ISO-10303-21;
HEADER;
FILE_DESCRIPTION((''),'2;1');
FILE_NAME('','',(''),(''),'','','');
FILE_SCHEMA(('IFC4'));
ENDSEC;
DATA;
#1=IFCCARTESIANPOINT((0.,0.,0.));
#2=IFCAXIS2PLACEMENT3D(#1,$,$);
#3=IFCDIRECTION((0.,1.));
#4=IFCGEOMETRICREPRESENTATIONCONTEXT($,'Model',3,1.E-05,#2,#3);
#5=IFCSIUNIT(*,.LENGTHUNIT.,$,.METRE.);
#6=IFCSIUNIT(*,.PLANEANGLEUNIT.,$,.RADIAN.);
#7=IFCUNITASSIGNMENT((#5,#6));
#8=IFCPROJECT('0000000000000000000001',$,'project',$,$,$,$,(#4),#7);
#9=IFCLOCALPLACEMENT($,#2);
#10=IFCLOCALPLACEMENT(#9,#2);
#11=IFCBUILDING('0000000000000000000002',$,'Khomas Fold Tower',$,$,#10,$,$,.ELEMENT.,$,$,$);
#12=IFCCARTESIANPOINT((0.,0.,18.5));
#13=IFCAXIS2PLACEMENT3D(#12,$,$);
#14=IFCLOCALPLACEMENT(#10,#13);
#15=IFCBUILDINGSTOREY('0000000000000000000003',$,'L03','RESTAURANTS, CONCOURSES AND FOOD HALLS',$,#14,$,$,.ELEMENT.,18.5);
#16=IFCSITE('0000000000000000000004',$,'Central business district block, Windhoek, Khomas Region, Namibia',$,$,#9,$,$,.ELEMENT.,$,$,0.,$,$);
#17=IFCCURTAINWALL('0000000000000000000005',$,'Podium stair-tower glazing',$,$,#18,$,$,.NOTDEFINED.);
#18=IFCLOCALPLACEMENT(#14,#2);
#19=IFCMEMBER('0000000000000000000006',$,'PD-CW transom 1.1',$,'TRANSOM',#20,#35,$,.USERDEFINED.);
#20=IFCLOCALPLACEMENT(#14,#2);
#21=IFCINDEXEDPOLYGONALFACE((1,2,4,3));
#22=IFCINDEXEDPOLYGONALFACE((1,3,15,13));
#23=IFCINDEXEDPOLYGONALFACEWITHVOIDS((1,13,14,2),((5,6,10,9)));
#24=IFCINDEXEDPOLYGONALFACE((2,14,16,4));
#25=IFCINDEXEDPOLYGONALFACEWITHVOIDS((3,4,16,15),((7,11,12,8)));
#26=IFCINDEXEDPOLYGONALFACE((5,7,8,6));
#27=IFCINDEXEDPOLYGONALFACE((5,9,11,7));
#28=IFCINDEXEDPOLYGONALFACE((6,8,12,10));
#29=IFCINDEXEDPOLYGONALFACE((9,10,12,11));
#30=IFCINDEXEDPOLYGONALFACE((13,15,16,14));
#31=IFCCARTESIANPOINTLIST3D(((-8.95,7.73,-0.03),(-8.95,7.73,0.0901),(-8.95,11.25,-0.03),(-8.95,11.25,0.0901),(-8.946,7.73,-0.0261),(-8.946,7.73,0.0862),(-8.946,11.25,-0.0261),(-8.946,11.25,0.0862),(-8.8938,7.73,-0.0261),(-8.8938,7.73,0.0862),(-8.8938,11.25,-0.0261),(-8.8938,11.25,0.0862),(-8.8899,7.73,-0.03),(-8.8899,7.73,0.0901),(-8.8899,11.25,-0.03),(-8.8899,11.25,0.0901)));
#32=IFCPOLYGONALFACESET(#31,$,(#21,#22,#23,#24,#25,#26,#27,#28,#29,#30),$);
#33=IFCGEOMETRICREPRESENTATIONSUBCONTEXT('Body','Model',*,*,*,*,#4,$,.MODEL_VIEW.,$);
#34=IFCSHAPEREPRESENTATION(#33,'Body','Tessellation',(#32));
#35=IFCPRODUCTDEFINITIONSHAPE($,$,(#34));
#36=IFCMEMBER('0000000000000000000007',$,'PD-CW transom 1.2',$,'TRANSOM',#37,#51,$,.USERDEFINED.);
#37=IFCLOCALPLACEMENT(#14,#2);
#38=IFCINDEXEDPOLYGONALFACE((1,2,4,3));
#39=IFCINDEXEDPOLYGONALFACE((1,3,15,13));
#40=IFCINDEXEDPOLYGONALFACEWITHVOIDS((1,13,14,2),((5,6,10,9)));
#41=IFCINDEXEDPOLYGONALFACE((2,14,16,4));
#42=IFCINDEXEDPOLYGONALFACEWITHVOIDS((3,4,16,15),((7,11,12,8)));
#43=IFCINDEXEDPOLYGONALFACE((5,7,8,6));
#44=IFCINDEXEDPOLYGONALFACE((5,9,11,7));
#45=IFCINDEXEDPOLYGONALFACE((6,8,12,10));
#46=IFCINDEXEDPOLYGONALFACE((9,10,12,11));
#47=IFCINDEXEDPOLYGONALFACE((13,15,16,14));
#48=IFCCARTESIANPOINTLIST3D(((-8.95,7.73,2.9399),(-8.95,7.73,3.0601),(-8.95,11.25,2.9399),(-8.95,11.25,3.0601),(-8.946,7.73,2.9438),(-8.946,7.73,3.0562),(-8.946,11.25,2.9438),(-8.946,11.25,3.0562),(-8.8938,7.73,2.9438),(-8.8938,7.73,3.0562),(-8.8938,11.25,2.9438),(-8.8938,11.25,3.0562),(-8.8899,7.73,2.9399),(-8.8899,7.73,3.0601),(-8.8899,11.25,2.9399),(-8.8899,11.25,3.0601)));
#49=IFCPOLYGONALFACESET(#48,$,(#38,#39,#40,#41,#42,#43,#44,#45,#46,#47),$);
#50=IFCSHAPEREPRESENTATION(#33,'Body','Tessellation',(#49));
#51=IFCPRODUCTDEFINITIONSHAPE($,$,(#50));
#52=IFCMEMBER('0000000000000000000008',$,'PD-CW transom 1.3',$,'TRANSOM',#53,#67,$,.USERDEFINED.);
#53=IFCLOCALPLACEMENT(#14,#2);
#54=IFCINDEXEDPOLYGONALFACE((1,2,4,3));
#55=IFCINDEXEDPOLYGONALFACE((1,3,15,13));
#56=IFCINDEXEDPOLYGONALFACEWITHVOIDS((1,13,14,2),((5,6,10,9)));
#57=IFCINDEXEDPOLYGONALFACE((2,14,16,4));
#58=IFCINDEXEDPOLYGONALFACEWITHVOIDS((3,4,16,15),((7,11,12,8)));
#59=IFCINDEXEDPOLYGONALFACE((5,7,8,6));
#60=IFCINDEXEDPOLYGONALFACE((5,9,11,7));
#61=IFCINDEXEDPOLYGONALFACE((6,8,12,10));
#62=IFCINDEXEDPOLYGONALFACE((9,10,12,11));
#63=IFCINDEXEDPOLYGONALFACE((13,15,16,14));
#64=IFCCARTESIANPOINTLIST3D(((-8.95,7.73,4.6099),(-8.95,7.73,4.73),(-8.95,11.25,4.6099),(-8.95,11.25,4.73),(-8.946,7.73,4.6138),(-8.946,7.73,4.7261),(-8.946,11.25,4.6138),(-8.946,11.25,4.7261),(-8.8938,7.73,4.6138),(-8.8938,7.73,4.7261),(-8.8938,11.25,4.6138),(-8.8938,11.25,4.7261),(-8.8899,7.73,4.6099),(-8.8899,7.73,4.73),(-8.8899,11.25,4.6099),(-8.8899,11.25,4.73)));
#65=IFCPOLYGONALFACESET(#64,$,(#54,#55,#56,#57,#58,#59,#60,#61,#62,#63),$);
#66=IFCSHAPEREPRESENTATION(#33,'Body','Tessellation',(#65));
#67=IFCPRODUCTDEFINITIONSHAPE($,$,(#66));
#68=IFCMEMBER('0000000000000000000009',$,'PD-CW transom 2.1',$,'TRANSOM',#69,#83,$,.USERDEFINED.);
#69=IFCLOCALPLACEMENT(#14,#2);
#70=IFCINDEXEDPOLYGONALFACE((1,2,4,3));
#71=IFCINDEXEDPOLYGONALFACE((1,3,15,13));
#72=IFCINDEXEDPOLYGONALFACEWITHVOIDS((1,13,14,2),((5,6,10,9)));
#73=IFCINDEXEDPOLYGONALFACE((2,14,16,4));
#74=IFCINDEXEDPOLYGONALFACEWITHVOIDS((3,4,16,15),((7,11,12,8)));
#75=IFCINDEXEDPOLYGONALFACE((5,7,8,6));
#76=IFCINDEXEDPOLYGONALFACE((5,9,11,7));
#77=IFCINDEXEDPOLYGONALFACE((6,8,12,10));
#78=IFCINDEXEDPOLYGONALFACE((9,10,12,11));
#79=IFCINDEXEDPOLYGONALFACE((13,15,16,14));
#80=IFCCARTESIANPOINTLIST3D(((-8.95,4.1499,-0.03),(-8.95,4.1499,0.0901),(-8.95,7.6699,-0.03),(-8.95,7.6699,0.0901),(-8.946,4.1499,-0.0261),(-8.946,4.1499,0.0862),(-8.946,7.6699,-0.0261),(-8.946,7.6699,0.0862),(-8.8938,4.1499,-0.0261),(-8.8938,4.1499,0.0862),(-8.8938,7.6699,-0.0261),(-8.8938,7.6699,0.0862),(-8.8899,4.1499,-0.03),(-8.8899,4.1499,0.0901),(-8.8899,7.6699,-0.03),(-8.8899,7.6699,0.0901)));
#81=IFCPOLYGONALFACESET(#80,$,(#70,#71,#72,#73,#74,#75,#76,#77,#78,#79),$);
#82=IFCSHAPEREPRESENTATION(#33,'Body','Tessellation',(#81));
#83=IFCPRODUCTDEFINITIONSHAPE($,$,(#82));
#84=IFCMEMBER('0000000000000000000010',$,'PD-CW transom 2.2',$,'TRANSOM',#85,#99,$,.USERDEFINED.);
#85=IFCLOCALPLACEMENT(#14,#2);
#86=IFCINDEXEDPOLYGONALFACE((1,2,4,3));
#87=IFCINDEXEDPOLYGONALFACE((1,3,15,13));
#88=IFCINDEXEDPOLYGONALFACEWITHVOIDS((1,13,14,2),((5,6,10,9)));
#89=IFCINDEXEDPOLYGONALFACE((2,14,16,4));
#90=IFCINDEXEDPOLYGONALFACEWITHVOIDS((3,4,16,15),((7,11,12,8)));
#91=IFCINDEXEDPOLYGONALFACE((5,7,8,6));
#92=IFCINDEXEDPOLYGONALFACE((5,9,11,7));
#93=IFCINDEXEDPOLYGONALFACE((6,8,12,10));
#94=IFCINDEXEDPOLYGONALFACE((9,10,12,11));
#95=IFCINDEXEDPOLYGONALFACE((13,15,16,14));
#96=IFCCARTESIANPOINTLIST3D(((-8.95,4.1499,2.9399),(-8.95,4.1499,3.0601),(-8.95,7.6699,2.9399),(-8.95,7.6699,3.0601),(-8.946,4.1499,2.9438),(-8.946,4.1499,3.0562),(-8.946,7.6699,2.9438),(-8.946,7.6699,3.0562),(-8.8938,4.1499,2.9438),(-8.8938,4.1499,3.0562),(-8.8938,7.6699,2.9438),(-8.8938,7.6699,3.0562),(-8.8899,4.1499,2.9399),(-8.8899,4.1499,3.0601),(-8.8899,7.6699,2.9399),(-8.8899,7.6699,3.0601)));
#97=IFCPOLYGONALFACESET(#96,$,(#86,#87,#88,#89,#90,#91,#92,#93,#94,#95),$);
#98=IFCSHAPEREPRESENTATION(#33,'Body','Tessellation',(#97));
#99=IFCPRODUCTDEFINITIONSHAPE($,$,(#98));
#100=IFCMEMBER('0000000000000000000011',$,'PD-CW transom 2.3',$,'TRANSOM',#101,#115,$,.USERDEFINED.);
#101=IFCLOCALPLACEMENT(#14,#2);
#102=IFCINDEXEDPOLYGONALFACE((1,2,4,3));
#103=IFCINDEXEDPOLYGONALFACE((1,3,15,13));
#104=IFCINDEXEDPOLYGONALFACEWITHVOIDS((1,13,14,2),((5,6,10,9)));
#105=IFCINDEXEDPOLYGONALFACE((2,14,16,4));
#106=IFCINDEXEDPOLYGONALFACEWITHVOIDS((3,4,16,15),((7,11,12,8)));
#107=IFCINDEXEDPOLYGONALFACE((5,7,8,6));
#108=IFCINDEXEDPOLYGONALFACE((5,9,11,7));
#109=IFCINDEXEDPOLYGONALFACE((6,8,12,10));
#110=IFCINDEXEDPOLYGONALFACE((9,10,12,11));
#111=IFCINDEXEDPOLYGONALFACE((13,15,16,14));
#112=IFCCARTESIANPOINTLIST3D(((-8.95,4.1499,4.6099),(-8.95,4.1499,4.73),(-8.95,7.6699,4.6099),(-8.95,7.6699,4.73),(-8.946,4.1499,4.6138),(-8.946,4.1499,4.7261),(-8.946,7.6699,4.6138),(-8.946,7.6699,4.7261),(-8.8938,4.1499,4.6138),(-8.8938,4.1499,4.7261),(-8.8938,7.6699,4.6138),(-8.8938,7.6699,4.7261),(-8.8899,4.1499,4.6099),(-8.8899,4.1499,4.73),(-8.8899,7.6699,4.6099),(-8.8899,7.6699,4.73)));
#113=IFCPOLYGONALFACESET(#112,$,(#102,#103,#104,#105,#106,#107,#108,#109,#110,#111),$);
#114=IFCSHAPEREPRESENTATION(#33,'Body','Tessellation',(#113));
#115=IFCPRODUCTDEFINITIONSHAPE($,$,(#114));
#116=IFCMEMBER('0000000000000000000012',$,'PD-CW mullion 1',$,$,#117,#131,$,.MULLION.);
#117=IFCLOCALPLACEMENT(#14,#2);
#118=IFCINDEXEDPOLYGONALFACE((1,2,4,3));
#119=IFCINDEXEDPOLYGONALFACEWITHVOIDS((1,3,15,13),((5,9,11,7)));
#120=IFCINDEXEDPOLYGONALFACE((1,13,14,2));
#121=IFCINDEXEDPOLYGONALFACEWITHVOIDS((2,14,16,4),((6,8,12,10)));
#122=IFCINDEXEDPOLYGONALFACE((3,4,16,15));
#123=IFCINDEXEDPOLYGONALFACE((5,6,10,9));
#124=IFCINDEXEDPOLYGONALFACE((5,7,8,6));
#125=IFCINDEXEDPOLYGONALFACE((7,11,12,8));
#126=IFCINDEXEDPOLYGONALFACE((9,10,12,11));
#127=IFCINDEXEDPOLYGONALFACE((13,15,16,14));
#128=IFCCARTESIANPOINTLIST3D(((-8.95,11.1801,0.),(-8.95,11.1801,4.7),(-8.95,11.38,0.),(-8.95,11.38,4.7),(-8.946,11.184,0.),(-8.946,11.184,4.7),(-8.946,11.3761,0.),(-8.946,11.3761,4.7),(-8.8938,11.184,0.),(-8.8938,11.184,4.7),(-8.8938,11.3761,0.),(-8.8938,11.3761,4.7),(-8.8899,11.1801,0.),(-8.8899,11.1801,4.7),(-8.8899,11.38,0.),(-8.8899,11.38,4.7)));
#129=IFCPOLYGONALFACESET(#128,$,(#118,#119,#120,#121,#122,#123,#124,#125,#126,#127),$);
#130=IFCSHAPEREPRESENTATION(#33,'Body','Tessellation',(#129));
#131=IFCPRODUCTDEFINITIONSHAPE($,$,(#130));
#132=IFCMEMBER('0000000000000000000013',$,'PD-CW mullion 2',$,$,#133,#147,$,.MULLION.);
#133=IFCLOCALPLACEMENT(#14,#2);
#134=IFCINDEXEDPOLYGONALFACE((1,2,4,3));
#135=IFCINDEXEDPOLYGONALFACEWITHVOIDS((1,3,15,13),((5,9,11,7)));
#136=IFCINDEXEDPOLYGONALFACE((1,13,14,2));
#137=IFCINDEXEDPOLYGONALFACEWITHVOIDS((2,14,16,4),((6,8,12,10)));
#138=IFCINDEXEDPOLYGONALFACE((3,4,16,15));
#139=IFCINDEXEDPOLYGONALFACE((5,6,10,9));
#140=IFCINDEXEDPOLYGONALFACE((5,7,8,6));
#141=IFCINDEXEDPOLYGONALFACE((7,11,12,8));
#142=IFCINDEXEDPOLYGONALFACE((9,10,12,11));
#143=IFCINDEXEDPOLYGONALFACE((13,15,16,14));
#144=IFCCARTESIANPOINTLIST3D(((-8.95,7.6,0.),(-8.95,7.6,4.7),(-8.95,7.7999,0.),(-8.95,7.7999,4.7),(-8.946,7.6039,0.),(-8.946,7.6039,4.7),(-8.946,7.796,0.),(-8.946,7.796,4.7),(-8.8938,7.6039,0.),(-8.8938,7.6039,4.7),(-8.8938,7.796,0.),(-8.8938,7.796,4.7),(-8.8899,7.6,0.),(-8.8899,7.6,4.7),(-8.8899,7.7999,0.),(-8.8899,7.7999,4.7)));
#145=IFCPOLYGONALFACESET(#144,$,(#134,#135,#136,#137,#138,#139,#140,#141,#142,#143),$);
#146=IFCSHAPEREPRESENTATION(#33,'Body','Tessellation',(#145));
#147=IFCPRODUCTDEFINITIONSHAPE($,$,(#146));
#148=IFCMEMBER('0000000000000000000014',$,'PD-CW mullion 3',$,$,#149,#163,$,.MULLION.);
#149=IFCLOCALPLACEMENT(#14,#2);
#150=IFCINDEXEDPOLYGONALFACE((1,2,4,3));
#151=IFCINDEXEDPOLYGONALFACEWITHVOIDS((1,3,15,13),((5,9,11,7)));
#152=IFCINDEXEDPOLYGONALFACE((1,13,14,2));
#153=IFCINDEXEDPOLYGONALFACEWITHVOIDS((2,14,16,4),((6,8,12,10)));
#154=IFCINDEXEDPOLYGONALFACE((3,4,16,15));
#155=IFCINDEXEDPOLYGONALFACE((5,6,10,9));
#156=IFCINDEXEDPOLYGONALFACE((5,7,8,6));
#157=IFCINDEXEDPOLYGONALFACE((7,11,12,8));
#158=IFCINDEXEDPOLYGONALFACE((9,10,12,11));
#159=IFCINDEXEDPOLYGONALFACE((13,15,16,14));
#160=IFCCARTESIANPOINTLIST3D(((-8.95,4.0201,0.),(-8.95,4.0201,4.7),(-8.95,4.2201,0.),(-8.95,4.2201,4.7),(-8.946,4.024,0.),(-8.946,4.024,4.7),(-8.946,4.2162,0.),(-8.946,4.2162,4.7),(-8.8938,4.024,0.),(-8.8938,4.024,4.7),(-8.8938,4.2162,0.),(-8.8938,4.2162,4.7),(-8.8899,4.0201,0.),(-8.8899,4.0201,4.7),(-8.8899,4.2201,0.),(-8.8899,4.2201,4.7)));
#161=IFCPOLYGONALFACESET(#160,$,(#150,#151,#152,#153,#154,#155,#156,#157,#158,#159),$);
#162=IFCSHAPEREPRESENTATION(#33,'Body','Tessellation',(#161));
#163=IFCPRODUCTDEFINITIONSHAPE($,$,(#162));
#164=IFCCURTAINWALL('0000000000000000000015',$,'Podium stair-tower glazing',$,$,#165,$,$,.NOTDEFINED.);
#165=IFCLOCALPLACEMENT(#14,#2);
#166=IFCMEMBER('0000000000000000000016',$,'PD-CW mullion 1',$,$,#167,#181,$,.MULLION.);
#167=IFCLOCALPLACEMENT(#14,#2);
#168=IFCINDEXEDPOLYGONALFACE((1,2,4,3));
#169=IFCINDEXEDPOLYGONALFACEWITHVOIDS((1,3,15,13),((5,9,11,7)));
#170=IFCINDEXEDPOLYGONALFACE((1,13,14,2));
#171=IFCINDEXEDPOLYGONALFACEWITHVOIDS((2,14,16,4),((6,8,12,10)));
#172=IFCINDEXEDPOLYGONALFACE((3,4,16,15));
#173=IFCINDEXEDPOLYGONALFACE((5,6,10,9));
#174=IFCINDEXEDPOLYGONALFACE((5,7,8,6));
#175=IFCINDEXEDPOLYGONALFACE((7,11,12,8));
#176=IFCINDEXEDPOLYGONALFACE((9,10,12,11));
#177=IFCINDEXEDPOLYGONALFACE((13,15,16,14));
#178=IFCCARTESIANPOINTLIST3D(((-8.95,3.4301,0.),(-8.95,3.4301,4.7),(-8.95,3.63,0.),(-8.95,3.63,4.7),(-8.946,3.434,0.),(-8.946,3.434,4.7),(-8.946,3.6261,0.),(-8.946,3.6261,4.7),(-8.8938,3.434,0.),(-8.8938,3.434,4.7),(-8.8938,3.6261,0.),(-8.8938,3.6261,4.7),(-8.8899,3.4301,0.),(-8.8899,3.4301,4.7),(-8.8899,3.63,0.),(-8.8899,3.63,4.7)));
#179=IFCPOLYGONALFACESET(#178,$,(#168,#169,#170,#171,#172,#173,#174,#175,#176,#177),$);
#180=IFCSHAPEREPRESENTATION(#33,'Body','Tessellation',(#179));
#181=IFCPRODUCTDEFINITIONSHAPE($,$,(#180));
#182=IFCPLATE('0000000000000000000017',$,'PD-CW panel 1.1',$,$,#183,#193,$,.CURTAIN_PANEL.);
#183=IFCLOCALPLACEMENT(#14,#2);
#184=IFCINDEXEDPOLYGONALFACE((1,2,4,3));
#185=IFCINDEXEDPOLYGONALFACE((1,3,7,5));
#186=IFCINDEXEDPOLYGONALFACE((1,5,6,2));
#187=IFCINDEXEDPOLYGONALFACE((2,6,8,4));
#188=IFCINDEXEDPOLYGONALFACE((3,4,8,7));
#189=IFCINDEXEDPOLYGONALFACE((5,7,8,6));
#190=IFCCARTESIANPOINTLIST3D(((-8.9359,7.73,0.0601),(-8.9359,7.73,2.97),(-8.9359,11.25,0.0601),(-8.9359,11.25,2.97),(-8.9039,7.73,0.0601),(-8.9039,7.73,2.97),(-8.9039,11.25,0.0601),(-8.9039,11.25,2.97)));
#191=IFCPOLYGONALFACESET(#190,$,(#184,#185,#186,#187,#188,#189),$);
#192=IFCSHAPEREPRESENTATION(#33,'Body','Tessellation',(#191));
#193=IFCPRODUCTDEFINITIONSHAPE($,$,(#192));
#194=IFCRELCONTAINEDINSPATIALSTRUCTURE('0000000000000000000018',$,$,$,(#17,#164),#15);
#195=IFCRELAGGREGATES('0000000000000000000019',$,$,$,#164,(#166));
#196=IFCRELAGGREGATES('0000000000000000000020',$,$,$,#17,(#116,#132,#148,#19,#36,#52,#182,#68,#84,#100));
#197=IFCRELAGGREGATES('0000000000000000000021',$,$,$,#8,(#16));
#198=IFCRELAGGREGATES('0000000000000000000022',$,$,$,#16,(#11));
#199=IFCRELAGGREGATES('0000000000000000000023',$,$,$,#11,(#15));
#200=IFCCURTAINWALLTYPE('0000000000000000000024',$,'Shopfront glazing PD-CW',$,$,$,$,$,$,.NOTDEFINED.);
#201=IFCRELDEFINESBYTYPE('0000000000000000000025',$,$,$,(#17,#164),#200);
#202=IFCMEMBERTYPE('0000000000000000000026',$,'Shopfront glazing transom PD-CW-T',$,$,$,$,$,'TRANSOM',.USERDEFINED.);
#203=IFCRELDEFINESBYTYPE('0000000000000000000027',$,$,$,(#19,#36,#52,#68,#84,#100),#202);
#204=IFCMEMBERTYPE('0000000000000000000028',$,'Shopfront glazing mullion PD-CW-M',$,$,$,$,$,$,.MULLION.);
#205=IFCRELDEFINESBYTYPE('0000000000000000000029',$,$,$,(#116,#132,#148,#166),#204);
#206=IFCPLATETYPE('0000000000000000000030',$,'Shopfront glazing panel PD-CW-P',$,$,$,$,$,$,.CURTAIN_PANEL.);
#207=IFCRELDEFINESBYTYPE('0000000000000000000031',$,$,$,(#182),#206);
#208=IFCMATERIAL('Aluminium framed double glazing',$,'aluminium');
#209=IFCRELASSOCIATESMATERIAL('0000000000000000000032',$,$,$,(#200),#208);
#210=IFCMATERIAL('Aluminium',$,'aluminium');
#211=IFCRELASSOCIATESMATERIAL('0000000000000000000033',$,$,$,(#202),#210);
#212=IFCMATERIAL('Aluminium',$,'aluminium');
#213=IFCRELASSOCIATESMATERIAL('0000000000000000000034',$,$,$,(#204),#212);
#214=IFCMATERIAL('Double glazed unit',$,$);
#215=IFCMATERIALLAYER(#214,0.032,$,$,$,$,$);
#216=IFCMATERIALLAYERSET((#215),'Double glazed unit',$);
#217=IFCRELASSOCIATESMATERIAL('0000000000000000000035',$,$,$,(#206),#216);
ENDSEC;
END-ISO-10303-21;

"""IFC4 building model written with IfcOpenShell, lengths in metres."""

from ifc_helpers import new_model, si_unit, direction, frame, origin, origin_2d, place, context, subcontext, project, spatial, rectangle, hollow_rectangle, extrude, source, transform, mapped, material, layer, layer_set, material_profile, profile_set, type_object, element, aggregate, save


model = new_model("IFC4")

# Units and contexts
model_context = context("Model", 3, precision=1e-05, world=origin(), true_north=direction((0.0, 1.0)))
body_context = subcontext(model_context, "Body", "Model", "MODEL_VIEW")
ifc_project = project(units=[si_unit("LENGTHUNIT", "METRE"), si_unit("PLANEANGLEUNIT", "RADIAN")], contexts=[model_context])

# Site, building, storey
site_placement = place(None, origin())
site = spatial("IfcSite", under=ifc_project, at=site_placement, Name="Central business district block, Windhoek, Khomas Region, Namibia", CompositionType="ELEMENT", RefElevation=0.0)
building_placement = place(site_placement, origin())
building = spatial("IfcBuilding", under=site, at=building_placement, Name="Khomas Fold Tower", CompositionType="ELEMENT")
storey_placement = place(building_placement, frame((0.0, 0.0, 18.5)))
storey = spatial("IfcBuildingStorey", under=building, at=storey_placement, Name="L03", Description="RESTAURANTS, CONCOURSES AND FOOD HALLS", CompositionType="ELEMENT", Elevation=18.5)

# Curtain wall, members
ifc_material_1 = material(Name="Aluminium framed double glazing", Category="aluminium")
curtain_wall_type = type_object("IfcCurtainWallType", Name="Shopfront glazing PD-CW", PredefinedType="NOTDEFINED", material=ifc_material_1)
curtain_wall_1_placement = place(storey_placement, origin())
curtain_wall_1 = element("IfcCurtainWall", 1, at=curtain_wall_1_placement, inside=storey, type_object=curtain_wall_type, Name="Podium stair-tower glazing", PredefinedType="NOTDEFINED")
ifc_material_2 = material(Name="Aluminium", Category="aluminium")
ifc_material_profile_1 = material_profile(ifc_material_2, hollow_rectangle(XDim=0.0601, YDim=0.1201, WallThickness=0.0039, at=origin_2d()), Name="Shopfront glazing transom PD-CW-T")
ifc_profile_set_1 = profile_set([ifc_material_profile_1], Name="Aluminium")
member_type_1 = type_object("IfcMemberType", Name="Shopfront glazing transom PD-CW-T", ElementType="TRANSOM", PredefinedType="USERDEFINED", material=ifc_profile_set_1)
shared_shape_1 = source(origin(), body_context, "Body", "SweptSolid", [
    extrude(hollow_rectangle(XDim=0.0601, YDim=0.1201, WallThickness=0.0039, at=origin_2d()), origin(), (0.0, 0.0, 1.0), 3.52),
])
member_1_placement = place(storey_placement, frame((-8.9199, 11.25, 0.03), z_axis=(0.0, -1.0, 0.0), x_axis=(1.0, 0.0, 0.0)))
member_1 = element("IfcMember", 2, at=member_1_placement, type_object=member_type_1, Name="PD-CW transom 1.1", ObjectType="TRANSOM", PredefinedType="USERDEFINED", context=body_context, shape_type="MappedRepresentation", body=[
    mapped(shared_shape_1, transform((0.0, 0.0, 0.0))),
])
member_2_placement = place(storey_placement, frame((-8.9199, 11.25, 3.0), z_axis=(0.0, -1.0, 0.0), x_axis=(1.0, 0.0, 0.0)))
member_2 = element("IfcMember", 3, at=member_2_placement, type_object=member_type_1, Name="PD-CW transom 1.2", ObjectType="TRANSOM", PredefinedType="USERDEFINED", context=body_context, shape_type="MappedRepresentation", body=[
    mapped(shared_shape_1, transform((0.0, 0.0, 0.0))),
])
member_3_placement = place(storey_placement, frame((-8.9199, 11.25, 4.6699), z_axis=(0.0, -1.0, 0.0), x_axis=(1.0, 0.0, 0.0)))
member_3 = element("IfcMember", 4, at=member_3_placement, type_object=member_type_1, Name="PD-CW transom 1.3", ObjectType="TRANSOM", PredefinedType="USERDEFINED", context=body_context, shape_type="MappedRepresentation", body=[
    mapped(shared_shape_1, transform((0.0, 0.0, 0.0))),
])
member_4_placement = place(storey_placement, frame((-8.9199, 7.6699, 0.03), z_axis=(0.0, -1.0, 0.0), x_axis=(1.0, 0.0, 0.0)))
member_4 = element("IfcMember", 5, at=member_4_placement, type_object=member_type_1, Name="PD-CW transom 2.1", ObjectType="TRANSOM", PredefinedType="USERDEFINED", context=body_context, shape_type="MappedRepresentation", body=[
    mapped(shared_shape_1, transform((0.0, 0.0, 0.0))),
])
member_5_placement = place(storey_placement, frame((-8.9199, 7.6699, 3.0), z_axis=(0.0, -1.0, 0.0), x_axis=(1.0, 0.0, 0.0)))
member_5 = element("IfcMember", 6, at=member_5_placement, type_object=member_type_1, Name="PD-CW transom 2.2", ObjectType="TRANSOM", PredefinedType="USERDEFINED", context=body_context, shape_type="MappedRepresentation", body=[
    mapped(shared_shape_1, transform((0.0, 0.0, 0.0))),
])
member_6_placement = place(storey_placement, frame((-8.9199, 7.6699, 4.6699), z_axis=(0.0, -1.0, 0.0), x_axis=(1.0, 0.0, 0.0)))
member_6 = element("IfcMember", 7, at=member_6_placement, type_object=member_type_1, Name="PD-CW transom 2.3", ObjectType="TRANSOM", PredefinedType="USERDEFINED", context=body_context, shape_type="MappedRepresentation", body=[
    mapped(shared_shape_1, transform((0.0, 0.0, 0.0))),
])
ifc_material_3 = material(Name="Aluminium", Category="aluminium")
ifc_material_profile_2 = material_profile(ifc_material_3, hollow_rectangle(XDim=0.0601, YDim=0.2, WallThickness=0.0039, at=origin_2d()), Name="Shopfront glazing mullion PD-CW-M")
ifc_profile_set_2 = profile_set([ifc_material_profile_2], Name="Aluminium")
member_type_2 = type_object("IfcMemberType", Name="Shopfront glazing mullion PD-CW-M", PredefinedType="MULLION", material=ifc_profile_set_2)
shared_shape_2 = source(origin(), body_context, "Body", "SweptSolid", [
    extrude(hollow_rectangle(XDim=0.0601, YDim=0.2, WallThickness=0.0039, at=origin_2d()), origin(), (0.0, 0.0, 1.0), 4.7),
])
member_7_placement = place(storey_placement, frame((-8.9199, 11.28, 0.0), z_axis=(0.0, 0.0, 1.0), x_axis=(1.0, 0.0, 0.0)))
member_7 = element("IfcMember", 8, at=member_7_placement, type_object=member_type_2, Name="PD-CW mullion 1", PredefinedType="MULLION", context=body_context, shape_type="MappedRepresentation", body=[
    mapped(shared_shape_2, transform((0.0, 0.0, 0.0))),
])
member_8_placement = place(storey_placement, frame((-8.9199, 7.7, 0.0), z_axis=(0.0, 0.0, 1.0), x_axis=(1.0, 0.0, 0.0)))
member_8 = element("IfcMember", 9, at=member_8_placement, type_object=member_type_2, Name="PD-CW mullion 2", PredefinedType="MULLION", context=body_context, shape_type="MappedRepresentation", body=[
    mapped(shared_shape_2, transform((0.0, 0.0, 0.0))),
])
member_9_placement = place(storey_placement, frame((-8.9199, 4.1201, 0.0), z_axis=(0.0, 0.0, 1.0), x_axis=(1.0, 0.0, 0.0)))
member_9 = element("IfcMember", 10, at=member_9_placement, type_object=member_type_2, Name="PD-CW mullion 3", PredefinedType="MULLION", context=body_context, shape_type="MappedRepresentation", body=[
    mapped(shared_shape_2, transform((0.0, 0.0, 0.0))),
])

# Curtain wall, member
curtain_wall_2_placement = place(storey_placement, origin())
curtain_wall_2 = element("IfcCurtainWall", 11, at=curtain_wall_2_placement, inside=storey, type_object=curtain_wall_type, Name="Podium stair-tower glazing", PredefinedType="NOTDEFINED")
member_10_placement = place(storey_placement, frame((-8.9199, 3.53, 0.0), z_axis=(0.0, 0.0, 1.0), x_axis=(1.0, 0.0, 0.0)))
member_10 = element("IfcMember", 12, at=member_10_placement, type_object=member_type_2, Name="PD-CW mullion 1", PredefinedType="MULLION", context=body_context, shape_type="MappedRepresentation", body=[
    mapped(shared_shape_2, transform((0.0, 0.0, 0.0))),
])
aggregate(curtain_wall_2, [member_10])

# Plate
ifc_material_4 = material(Name="Double glazed unit")
ifc_layer_1 = layer(ifc_material_4, 0.032)
ifc_layer_set_1 = layer_set([ifc_layer_1], Name="Double glazed unit")
plate_type = type_object("IfcPlateType", Name="Shopfront glazing panel PD-CW-P", PredefinedType="CURTAIN_PANEL", material=ifc_layer_set_1)
shared_shape_3 = source(origin(), body_context, "Body", "SweptSolid", [
    extrude(rectangle(XDim=3.52, YDim=0.032, at=origin_2d()), origin(), (0.0, 0.0, 1.0), 2.9099),
])
plate_1_placement = place(storey_placement, frame((-8.9199, 9.49, 0.0601), z_axis=(0.0, 0.0, 1.0), x_axis=(0.0, -1.0, 0.0)))
plate_1 = element("IfcPlate", 13, at=plate_1_placement, type_object=plate_type, Name="PD-CW panel 1.1", PredefinedType="CURTAIN_PANEL", context=body_context, shape_type="MappedRepresentation", body=[
    mapped(shared_shape_3, transform((0.0, 0.0, 0.0))),
])
aggregate(curtain_wall_1, [member_7, member_8, member_9, member_1, member_2, member_3, plate_1, member_4, member_5, member_6])

save(model, "model.ifc")
